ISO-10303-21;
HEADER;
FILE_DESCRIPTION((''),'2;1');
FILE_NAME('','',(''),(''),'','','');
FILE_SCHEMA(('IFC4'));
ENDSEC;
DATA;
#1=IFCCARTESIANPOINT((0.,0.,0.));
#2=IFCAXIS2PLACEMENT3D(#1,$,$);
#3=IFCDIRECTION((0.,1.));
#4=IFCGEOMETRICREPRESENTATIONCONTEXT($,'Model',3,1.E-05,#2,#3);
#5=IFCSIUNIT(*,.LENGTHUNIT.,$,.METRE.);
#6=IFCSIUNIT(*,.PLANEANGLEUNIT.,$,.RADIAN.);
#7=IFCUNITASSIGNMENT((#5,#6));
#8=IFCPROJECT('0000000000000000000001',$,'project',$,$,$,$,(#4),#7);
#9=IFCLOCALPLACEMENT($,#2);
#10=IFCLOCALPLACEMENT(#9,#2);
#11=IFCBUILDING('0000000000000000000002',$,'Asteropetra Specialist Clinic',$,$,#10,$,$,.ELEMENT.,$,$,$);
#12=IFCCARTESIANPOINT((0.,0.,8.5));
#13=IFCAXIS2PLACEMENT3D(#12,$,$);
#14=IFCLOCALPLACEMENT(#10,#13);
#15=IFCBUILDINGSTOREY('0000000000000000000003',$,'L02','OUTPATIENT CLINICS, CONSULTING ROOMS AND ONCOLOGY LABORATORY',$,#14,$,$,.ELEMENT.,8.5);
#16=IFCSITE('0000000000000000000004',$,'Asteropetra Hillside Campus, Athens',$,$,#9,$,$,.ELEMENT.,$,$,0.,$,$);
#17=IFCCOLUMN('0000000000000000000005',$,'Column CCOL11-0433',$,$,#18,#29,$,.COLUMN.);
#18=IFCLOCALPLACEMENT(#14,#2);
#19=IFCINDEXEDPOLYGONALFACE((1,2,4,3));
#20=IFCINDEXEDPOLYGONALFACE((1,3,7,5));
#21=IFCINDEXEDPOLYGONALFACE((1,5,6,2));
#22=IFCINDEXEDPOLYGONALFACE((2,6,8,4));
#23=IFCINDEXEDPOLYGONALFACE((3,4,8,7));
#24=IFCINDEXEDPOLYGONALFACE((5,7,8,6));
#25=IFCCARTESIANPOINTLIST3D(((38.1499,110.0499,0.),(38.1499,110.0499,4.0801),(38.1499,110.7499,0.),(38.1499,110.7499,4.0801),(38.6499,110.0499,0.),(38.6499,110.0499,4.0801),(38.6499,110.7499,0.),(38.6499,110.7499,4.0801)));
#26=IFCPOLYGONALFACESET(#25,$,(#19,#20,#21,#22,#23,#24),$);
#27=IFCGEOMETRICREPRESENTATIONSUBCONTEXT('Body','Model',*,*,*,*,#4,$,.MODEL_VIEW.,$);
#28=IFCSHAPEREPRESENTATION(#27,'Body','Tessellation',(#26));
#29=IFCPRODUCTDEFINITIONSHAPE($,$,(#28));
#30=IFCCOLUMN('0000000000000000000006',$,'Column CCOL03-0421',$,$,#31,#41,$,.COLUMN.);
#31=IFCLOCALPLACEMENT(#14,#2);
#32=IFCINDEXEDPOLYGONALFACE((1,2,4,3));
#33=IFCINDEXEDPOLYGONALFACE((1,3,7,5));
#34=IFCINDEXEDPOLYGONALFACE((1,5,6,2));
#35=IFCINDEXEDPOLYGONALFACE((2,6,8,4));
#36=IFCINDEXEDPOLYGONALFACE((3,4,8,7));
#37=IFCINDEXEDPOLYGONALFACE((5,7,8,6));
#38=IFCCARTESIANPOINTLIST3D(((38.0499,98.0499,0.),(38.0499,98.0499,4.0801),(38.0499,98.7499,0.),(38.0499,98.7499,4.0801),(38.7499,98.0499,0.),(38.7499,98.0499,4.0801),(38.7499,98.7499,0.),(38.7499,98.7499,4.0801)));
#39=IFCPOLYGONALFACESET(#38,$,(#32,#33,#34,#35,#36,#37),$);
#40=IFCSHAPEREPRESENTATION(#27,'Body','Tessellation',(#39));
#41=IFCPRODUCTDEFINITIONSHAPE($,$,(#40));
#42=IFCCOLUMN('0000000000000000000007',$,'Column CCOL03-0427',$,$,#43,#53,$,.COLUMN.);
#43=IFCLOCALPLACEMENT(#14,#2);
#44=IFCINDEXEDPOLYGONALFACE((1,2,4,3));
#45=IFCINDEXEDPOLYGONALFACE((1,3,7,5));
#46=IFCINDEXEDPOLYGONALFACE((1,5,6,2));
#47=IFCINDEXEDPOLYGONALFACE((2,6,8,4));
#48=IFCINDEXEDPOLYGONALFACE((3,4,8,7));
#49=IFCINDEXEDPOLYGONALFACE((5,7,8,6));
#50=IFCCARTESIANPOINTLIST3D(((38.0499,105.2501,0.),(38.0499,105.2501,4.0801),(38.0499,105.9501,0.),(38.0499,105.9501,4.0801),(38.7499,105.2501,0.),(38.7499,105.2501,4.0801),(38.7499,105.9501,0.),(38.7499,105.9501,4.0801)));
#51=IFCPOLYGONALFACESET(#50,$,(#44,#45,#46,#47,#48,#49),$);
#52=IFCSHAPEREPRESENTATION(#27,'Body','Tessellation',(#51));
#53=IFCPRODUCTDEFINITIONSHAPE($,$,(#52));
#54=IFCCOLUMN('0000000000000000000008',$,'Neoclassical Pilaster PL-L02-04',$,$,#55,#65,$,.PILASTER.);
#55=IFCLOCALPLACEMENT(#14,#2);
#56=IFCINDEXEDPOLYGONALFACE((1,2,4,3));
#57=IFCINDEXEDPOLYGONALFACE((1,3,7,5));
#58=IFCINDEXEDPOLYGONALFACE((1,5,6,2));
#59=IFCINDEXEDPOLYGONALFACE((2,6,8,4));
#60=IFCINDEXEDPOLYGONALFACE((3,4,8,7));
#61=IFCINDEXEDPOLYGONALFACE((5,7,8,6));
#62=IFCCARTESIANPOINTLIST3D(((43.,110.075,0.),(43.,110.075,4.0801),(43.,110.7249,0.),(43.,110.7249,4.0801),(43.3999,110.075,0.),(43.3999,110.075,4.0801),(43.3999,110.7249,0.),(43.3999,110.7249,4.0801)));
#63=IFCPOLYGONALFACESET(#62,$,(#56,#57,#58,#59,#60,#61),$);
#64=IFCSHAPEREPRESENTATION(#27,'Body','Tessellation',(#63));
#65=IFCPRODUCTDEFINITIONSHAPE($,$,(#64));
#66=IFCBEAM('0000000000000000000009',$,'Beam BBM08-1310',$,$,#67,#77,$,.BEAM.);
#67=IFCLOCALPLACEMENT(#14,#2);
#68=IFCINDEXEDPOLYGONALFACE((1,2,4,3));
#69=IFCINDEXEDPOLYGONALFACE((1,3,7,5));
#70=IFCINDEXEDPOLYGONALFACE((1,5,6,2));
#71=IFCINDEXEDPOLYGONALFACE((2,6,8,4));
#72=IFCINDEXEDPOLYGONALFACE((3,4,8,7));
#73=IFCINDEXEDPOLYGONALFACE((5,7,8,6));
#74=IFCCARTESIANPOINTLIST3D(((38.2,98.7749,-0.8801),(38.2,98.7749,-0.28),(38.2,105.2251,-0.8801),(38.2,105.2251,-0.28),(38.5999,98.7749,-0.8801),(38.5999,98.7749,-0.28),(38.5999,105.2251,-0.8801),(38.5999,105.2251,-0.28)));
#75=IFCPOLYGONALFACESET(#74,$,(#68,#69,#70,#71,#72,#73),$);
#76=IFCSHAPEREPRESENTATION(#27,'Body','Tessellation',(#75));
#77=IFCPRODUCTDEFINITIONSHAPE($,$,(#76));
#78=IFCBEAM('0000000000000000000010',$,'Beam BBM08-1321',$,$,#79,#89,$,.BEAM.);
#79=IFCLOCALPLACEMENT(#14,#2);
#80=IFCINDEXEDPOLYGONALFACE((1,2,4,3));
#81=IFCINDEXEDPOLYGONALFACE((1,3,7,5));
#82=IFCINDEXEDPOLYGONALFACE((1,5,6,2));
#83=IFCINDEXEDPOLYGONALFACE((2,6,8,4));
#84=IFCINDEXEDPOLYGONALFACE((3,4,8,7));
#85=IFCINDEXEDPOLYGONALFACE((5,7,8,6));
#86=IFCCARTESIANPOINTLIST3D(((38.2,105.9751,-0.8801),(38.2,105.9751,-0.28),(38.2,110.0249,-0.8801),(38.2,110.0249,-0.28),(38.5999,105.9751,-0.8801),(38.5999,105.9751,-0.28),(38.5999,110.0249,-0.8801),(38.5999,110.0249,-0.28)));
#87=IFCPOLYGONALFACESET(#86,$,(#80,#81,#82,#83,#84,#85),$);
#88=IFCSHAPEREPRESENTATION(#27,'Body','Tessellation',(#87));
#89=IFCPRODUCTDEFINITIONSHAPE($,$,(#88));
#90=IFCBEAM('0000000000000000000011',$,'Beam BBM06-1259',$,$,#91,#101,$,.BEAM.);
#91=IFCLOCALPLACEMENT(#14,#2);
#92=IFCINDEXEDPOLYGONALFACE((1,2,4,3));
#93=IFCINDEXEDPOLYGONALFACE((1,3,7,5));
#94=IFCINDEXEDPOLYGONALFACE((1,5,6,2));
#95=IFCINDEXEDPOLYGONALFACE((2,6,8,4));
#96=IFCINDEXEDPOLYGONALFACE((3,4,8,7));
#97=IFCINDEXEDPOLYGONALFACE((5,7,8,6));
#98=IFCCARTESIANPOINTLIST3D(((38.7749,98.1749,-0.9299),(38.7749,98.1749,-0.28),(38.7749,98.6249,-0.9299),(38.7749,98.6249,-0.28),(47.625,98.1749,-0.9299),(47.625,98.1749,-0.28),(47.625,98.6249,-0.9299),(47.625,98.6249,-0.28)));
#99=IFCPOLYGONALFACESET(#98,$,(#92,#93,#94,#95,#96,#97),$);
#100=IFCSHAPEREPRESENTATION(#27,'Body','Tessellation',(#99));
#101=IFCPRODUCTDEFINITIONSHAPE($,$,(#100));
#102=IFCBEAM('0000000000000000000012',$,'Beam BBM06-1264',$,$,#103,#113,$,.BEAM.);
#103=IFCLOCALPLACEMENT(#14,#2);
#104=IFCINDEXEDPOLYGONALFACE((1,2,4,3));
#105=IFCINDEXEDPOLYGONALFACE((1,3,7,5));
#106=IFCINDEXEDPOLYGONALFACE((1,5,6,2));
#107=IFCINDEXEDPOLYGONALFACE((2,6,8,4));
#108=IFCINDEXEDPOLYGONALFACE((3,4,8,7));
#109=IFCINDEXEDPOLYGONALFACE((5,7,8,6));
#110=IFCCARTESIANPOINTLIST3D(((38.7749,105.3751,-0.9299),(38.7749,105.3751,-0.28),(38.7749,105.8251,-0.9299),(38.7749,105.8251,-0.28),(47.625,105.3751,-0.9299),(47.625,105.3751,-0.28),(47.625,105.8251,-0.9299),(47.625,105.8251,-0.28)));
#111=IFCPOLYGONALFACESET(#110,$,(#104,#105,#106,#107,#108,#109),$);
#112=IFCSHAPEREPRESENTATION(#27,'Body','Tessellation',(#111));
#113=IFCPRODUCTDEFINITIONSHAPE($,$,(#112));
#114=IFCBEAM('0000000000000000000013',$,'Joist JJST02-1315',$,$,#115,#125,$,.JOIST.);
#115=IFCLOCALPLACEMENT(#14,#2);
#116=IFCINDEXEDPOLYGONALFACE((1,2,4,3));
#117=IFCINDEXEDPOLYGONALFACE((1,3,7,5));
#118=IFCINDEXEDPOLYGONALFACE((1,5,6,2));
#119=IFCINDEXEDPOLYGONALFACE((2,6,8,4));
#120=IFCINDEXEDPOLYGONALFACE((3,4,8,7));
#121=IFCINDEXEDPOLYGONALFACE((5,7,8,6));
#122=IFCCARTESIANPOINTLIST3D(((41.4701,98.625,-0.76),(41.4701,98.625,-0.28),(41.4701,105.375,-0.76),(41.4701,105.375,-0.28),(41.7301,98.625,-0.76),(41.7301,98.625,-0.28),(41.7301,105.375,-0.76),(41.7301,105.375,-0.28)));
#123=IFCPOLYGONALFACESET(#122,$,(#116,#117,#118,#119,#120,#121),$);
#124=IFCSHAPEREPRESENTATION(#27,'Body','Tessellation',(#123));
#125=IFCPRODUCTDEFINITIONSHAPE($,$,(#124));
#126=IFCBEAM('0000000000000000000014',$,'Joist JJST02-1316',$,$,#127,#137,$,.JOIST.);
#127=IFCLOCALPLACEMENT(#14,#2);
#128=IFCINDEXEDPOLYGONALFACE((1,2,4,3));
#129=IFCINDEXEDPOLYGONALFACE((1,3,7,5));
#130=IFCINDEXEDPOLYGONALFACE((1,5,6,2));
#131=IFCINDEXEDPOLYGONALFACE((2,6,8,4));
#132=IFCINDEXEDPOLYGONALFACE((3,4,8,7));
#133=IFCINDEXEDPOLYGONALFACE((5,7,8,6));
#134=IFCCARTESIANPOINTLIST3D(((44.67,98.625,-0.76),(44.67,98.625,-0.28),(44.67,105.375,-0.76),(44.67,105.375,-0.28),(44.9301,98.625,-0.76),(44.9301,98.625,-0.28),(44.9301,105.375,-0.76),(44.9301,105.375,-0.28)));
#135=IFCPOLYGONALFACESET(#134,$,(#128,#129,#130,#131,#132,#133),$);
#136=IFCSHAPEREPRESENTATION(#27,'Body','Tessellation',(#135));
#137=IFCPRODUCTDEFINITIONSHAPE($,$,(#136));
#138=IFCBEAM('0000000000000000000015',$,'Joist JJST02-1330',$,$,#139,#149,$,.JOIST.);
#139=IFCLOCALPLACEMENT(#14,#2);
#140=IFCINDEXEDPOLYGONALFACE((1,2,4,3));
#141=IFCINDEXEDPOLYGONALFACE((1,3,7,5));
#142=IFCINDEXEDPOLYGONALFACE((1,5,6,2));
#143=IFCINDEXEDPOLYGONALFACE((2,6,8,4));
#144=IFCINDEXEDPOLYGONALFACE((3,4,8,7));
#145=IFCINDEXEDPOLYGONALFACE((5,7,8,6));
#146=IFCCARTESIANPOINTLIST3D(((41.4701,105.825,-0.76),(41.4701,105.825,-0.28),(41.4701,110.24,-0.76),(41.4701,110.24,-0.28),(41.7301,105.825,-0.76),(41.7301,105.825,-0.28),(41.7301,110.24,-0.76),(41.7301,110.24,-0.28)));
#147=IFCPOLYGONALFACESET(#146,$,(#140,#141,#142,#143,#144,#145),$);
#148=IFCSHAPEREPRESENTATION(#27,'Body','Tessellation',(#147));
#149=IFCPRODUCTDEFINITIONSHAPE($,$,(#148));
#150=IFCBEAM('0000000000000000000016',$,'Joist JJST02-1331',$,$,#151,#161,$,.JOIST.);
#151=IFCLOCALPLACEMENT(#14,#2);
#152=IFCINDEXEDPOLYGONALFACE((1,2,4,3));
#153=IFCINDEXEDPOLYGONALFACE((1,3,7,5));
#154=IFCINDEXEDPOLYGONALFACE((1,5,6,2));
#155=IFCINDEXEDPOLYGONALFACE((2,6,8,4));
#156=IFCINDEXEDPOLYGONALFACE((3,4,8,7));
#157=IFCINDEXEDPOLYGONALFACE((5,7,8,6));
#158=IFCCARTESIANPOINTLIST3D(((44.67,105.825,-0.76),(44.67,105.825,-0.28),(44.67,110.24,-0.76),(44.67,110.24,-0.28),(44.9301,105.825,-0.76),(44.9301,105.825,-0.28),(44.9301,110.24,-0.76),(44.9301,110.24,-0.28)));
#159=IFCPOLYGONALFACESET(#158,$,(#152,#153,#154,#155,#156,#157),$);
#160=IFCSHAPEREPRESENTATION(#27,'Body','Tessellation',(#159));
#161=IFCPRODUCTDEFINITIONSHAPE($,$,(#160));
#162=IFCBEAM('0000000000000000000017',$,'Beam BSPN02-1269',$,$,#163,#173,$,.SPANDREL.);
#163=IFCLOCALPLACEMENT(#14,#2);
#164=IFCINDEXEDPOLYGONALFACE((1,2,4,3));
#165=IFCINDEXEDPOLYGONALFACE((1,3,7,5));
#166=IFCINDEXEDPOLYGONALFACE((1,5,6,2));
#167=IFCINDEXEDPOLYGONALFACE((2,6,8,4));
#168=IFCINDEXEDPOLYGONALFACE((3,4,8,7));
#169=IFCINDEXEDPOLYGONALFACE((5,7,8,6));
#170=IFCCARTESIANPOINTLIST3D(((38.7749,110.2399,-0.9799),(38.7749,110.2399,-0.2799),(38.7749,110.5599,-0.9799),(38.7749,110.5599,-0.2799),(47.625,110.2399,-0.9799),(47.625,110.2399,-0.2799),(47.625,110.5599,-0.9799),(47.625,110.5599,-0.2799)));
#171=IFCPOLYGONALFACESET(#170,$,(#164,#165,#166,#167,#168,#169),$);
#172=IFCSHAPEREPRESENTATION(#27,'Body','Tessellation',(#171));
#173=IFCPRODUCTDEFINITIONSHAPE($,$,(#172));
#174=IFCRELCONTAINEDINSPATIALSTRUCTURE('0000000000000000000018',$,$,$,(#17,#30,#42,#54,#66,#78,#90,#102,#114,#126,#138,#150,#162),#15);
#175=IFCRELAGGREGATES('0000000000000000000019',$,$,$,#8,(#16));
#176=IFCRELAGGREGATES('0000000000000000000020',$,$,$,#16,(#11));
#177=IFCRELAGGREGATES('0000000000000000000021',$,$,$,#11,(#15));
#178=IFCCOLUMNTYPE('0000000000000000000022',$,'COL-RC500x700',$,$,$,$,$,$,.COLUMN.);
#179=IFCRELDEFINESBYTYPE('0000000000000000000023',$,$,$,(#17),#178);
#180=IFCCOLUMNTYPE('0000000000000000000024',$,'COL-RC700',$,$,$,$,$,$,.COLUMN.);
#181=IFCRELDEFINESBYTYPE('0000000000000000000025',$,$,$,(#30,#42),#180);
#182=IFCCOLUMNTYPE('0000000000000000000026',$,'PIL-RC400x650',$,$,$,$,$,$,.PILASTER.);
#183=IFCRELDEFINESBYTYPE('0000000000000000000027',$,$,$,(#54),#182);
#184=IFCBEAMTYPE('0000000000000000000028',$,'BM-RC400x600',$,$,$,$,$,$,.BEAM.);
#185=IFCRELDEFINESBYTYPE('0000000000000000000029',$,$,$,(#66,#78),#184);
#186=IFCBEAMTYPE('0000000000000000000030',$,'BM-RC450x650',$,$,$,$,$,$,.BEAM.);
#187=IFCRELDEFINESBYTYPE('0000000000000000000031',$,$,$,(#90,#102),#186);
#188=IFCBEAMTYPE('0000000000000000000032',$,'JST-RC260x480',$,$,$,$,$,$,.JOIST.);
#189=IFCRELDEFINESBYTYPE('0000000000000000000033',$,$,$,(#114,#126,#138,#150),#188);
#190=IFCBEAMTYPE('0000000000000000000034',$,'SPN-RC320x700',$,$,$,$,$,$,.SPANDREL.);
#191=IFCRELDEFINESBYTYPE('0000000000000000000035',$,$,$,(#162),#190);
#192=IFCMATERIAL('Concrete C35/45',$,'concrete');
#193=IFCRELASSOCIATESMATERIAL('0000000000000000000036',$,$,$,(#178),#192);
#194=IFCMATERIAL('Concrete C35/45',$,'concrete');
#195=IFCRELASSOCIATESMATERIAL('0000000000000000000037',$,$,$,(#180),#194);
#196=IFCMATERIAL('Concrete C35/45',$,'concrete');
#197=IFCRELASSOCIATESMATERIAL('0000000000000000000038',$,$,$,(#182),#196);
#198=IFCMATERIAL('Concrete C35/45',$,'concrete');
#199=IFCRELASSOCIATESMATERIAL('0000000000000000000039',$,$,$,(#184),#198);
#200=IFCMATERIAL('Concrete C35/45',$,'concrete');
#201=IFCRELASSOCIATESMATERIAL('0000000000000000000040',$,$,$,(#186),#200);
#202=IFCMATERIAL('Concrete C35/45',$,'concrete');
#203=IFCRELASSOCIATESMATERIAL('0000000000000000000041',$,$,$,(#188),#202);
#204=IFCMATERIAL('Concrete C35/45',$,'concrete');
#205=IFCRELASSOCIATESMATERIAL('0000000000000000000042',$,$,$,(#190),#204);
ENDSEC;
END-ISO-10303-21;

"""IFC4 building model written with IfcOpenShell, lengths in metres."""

from ifc_helpers import new_model, si_unit, direction, frame, origin, origin_2d, place, context, subcontext, project, spatial, rectangle, extrude, material, material_profile, profile_set, type_object, element, save


model = new_model("IFC4")

# Units and contexts
model_context = context("Model", 3, precision=1e-05, world=origin(), true_north=direction((0.0, 1.0)))
body_context = subcontext(model_context, "Body", "Model", "MODEL_VIEW")
ifc_project = project(units=[si_unit("LENGTHUNIT", "METRE"), si_unit("PLANEANGLEUNIT", "RADIAN")], contexts=[model_context])

# Site, building, storey
site_placement = place(None, origin())
site = spatial("IfcSite", under=ifc_project, at=site_placement, Name="Asteropetra Hillside Campus, Athens", CompositionType="ELEMENT", RefElevation=0.0)
building_placement = place(site_placement, origin())
building = spatial("IfcBuilding", under=site, at=building_placement, Name="Asteropetra Specialist Clinic", CompositionType="ELEMENT")
storey_placement = place(building_placement, frame((0.0, 0.0, 8.5)))
storey = spatial("IfcBuildingStorey", under=building, at=storey_placement, Name="L02", Description="OUTPATIENT CLINICS, CONSULTING ROOMS AND ONCOLOGY LABORATORY", CompositionType="ELEMENT", Elevation=8.5)

# Columns
ifc_material_1 = material(Name="Concrete C35/45", Category="concrete")
ifc_material_profile_1 = material_profile(ifc_material_1, rectangle(XDim=0.5, YDim=0.7, at=origin_2d()), Name="RC 500x700")
ifc_profile_set_1 = profile_set([ifc_material_profile_1], Name="Concrete C35/45")
column_type_1 = type_object("IfcColumnType", Name="COL-RC500x700", PredefinedType="COLUMN", material=ifc_profile_set_1)
column_1_placement = place(storey_placement, frame((38.3999, 110.3999, 0.0), z_axis=(0.0, 0.0, 1.0), x_axis=(1.0, 0.0, 0.0)))
element("IfcColumn", 1, at=column_1_placement, inside=storey, type_object=column_type_1, Name="Column CCOL11-0433", PredefinedType="COLUMN", context=body_context, shape_type="SweptSolid", body=[
    extrude(rectangle(XDim=0.5, YDim=0.7, at=origin_2d()), origin(), (0.0, 0.0, 1.0), 4.0801),
])
ifc_material_2 = material(Name="Concrete C35/45", Category="concrete")
ifc_material_profile_2 = material_profile(ifc_material_2, rectangle(XDim=0.7, YDim=0.7, at=origin_2d()), Name="RC 700x700")
ifc_profile_set_2 = profile_set([ifc_material_profile_2], Name="Concrete C35/45")
column_type_2 = type_object("IfcColumnType", Name="COL-RC700", PredefinedType="COLUMN", material=ifc_profile_set_2)
for number, where, z_axis, x_axis, name in (
    (2, (38.3999, 98.3999, 0.0), (0.0, 0.0, 1.0), (1.0, 0.0, 0.0), "Column CCOL03-0421"),
    (3, (38.3999, 105.6001, 0.0), (0.0, 0.0, 1.0), (1.0, 0.0, 0.0), "Column CCOL03-0427"),
):
    element("IfcColumn", number, at=place(storey_placement, frame(where, z_axis=z_axis, x_axis=x_axis)), inside=storey, type_object=column_type_2, Name=name, PredefinedType="COLUMN", context=body_context, shape_type="SweptSolid", body=[
        extrude(rectangle(XDim=0.7, YDim=0.7, at=origin_2d()), origin(), (0.0, 0.0, 1.0), 4.0801),
    ])
ifc_material_3 = material(Name="Concrete C35/45", Category="concrete")
ifc_material_profile_3 = material_profile(ifc_material_3, rectangle(XDim=0.3999, YDim=0.6499, at=origin_2d()), Name="PIL 400x650")
ifc_profile_set_3 = profile_set([ifc_material_profile_3], Name="Concrete C35/45")
column_type_3 = type_object("IfcColumnType", Name="PIL-RC400x650", PredefinedType="PILASTER", material=ifc_profile_set_3)
column_2_placement = place(storey_placement, frame((43.2, 110.3999, 0.0), z_axis=(0.0, 0.0, 1.0), x_axis=(1.0, 0.0, 0.0)))
element("IfcColumn", 4, at=column_2_placement, inside=storey, type_object=column_type_3, Name="Neoclassical Pilaster PL-L02-04", PredefinedType="PILASTER", context=body_context, shape_type="SweptSolid", body=[
    extrude(rectangle(XDim=0.3999, YDim=0.6499, at=origin_2d()), origin(), (0.0, 0.0, 1.0), 4.0801),
])

# Beams
ifc_material_4 = material(Name="Concrete C35/45", Category="concrete")
ifc_material_profile_4 = material_profile(ifc_material_4, rectangle(XDim=0.3999, YDim=0.6001, at=origin_2d()), Name="RCB 400x600")
ifc_profile_set_4 = profile_set([ifc_material_profile_4], Name="Concrete C35/45")
beam_type_1 = type_object("IfcBeamType", Name="BM-RC400x600", PredefinedType="BEAM", material=ifc_profile_set_4)
beam_1_placement = place(storey_placement, frame((38.3999, 98.7749, -0.5801), z_axis=(0.0, 1.0, 0.0), x_axis=(-1.0, 0.0, 0.0)))
element("IfcBeam", 5, at=beam_1_placement, inside=storey, type_object=beam_type_1, Name="Beam BBM08-1310", PredefinedType="BEAM", context=body_context, shape_type="SweptSolid", body=[
    extrude(rectangle(XDim=0.3999, YDim=0.6001, at=origin_2d()), origin(), (0.0, 0.0, 1.0), 6.4502),
])
beam_2_placement = place(storey_placement, frame((38.3999, 105.9751, -0.5801), z_axis=(0.0, 1.0, 0.0), x_axis=(-1.0, 0.0, 0.0)))
element("IfcBeam", 6, at=beam_2_placement, inside=storey, type_object=beam_type_1, Name="Beam BBM08-1321", PredefinedType="BEAM", context=body_context, shape_type="SweptSolid", body=[
    extrude(rectangle(XDim=0.3999, YDim=0.6001, at=origin_2d()), origin(), (0.0, 0.0, 1.0), 4.0498),
])
ifc_material_5 = material(Name="Concrete C35/45", Category="concrete")
ifc_material_profile_5 = material_profile(ifc_material_5, rectangle(XDim=0.45, YDim=0.6499, at=origin_2d()), Name="RCB 450x650")
ifc_profile_set_5 = profile_set([ifc_material_profile_5], Name="Concrete C35/45")
beam_type_2 = type_object("IfcBeamType", Name="BM-RC450x650", PredefinedType="BEAM", material=ifc_profile_set_5)
for number, where, z_axis, x_axis, name in (
    (7, (38.7749, 98.3999, -0.605), (1.0, 0.0, 0.0), (0.0, 1.0, 0.0), "Beam BBM06-1259"),
    (8, (38.7749, 105.6001, -0.605), (1.0, 0.0, 0.0), (0.0, 1.0, 0.0), "Beam BBM06-1264"),
):
    element("IfcBeam", number, at=place(storey_placement, frame(where, z_axis=z_axis, x_axis=x_axis)), inside=storey, type_object=beam_type_2, Name=name, PredefinedType="BEAM", context=body_context, shape_type="SweptSolid", body=[
        extrude(rectangle(XDim=0.45, YDim=0.6499, at=origin_2d()), origin(), (0.0, 0.0, 1.0), 8.8501),
    ])
ifc_material_6 = material(Name="Concrete C35/45", Category="concrete")
ifc_material_profile_6 = material_profile(ifc_material_6, rectangle(XDim=0.26, YDim=0.48, at=origin_2d()), Name="RCJ 260x480")
ifc_profile_set_6 = profile_set([ifc_material_profile_6], Name="Concrete C35/45")
beam_type_3 = type_object("IfcBeamType", Name="JST-RC260x480", PredefinedType="JOIST", material=ifc_profile_set_6)
for number, where, z_axis, x_axis, name in (
    (9, (41.6001, 98.625, -0.52), (0.0, 1.0, 0.0), (-1.0, 0.0, 0.0), "Joist JJST02-1315"),
    (10, (44.8, 98.625, -0.52), (0.0, 1.0, 0.0), (-1.0, 0.0, 0.0), "Joist JJST02-1316"),
):
    element("IfcBeam", number, at=place(storey_placement, frame(where, z_axis=z_axis, x_axis=x_axis)), inside=storey, type_object=beam_type_3, Name=name, PredefinedType="JOIST", context=body_context, shape_type="SweptSolid", body=[
        extrude(rectangle(XDim=0.26, YDim=0.48, at=origin_2d()), origin(), (0.0, 0.0, 1.0), 6.75),
    ])
for number, where, z_axis, x_axis, name in (
    (11, (41.6001, 105.825, -0.52), (0.0, 1.0, 0.0), (-1.0, 0.0, 0.0), "Joist JJST02-1330"),
    (12, (44.8, 105.825, -0.52), (0.0, 1.0, 0.0), (-1.0, 0.0, 0.0), "Joist JJST02-1331"),
):
    element("IfcBeam", number, at=place(storey_placement, frame(where, z_axis=z_axis, x_axis=x_axis)), inside=storey, type_object=beam_type_3, Name=name, PredefinedType="JOIST", context=body_context, shape_type="SweptSolid", body=[
        extrude(rectangle(XDim=0.26, YDim=0.48, at=origin_2d()), origin(), (0.0, 0.0, 1.0), 4.415),
    ])
ifc_material_7 = material(Name="Concrete C35/45", Category="concrete")
ifc_material_profile_7 = material_profile(ifc_material_7, rectangle(XDim=0.3201, YDim=0.7, at=origin_2d()), Name="RCS 320x700")
ifc_profile_set_7 = profile_set([ifc_material_profile_7], Name="Concrete C35/45")
beam_type_4 = type_object("IfcBeamType", Name="SPN-RC320x700", PredefinedType="SPANDREL", material=ifc_profile_set_7)
beam_3_placement = place(storey_placement, frame((38.7749, 110.3999, -0.6299), z_axis=(1.0, 0.0, 0.0), x_axis=(0.0, 1.0, 0.0)))
element("IfcBeam", 13, at=beam_3_placement, inside=storey, type_object=beam_type_4, Name="Beam BSPN02-1269", PredefinedType="SPANDREL", context=body_context, shape_type="SweptSolid", body=[
    extrude(rectangle(XDim=0.3201, YDim=0.7, at=origin_2d()), origin(), (0.0, 0.0, 1.0), 8.8501),
])

save(model, "model.ifc")
